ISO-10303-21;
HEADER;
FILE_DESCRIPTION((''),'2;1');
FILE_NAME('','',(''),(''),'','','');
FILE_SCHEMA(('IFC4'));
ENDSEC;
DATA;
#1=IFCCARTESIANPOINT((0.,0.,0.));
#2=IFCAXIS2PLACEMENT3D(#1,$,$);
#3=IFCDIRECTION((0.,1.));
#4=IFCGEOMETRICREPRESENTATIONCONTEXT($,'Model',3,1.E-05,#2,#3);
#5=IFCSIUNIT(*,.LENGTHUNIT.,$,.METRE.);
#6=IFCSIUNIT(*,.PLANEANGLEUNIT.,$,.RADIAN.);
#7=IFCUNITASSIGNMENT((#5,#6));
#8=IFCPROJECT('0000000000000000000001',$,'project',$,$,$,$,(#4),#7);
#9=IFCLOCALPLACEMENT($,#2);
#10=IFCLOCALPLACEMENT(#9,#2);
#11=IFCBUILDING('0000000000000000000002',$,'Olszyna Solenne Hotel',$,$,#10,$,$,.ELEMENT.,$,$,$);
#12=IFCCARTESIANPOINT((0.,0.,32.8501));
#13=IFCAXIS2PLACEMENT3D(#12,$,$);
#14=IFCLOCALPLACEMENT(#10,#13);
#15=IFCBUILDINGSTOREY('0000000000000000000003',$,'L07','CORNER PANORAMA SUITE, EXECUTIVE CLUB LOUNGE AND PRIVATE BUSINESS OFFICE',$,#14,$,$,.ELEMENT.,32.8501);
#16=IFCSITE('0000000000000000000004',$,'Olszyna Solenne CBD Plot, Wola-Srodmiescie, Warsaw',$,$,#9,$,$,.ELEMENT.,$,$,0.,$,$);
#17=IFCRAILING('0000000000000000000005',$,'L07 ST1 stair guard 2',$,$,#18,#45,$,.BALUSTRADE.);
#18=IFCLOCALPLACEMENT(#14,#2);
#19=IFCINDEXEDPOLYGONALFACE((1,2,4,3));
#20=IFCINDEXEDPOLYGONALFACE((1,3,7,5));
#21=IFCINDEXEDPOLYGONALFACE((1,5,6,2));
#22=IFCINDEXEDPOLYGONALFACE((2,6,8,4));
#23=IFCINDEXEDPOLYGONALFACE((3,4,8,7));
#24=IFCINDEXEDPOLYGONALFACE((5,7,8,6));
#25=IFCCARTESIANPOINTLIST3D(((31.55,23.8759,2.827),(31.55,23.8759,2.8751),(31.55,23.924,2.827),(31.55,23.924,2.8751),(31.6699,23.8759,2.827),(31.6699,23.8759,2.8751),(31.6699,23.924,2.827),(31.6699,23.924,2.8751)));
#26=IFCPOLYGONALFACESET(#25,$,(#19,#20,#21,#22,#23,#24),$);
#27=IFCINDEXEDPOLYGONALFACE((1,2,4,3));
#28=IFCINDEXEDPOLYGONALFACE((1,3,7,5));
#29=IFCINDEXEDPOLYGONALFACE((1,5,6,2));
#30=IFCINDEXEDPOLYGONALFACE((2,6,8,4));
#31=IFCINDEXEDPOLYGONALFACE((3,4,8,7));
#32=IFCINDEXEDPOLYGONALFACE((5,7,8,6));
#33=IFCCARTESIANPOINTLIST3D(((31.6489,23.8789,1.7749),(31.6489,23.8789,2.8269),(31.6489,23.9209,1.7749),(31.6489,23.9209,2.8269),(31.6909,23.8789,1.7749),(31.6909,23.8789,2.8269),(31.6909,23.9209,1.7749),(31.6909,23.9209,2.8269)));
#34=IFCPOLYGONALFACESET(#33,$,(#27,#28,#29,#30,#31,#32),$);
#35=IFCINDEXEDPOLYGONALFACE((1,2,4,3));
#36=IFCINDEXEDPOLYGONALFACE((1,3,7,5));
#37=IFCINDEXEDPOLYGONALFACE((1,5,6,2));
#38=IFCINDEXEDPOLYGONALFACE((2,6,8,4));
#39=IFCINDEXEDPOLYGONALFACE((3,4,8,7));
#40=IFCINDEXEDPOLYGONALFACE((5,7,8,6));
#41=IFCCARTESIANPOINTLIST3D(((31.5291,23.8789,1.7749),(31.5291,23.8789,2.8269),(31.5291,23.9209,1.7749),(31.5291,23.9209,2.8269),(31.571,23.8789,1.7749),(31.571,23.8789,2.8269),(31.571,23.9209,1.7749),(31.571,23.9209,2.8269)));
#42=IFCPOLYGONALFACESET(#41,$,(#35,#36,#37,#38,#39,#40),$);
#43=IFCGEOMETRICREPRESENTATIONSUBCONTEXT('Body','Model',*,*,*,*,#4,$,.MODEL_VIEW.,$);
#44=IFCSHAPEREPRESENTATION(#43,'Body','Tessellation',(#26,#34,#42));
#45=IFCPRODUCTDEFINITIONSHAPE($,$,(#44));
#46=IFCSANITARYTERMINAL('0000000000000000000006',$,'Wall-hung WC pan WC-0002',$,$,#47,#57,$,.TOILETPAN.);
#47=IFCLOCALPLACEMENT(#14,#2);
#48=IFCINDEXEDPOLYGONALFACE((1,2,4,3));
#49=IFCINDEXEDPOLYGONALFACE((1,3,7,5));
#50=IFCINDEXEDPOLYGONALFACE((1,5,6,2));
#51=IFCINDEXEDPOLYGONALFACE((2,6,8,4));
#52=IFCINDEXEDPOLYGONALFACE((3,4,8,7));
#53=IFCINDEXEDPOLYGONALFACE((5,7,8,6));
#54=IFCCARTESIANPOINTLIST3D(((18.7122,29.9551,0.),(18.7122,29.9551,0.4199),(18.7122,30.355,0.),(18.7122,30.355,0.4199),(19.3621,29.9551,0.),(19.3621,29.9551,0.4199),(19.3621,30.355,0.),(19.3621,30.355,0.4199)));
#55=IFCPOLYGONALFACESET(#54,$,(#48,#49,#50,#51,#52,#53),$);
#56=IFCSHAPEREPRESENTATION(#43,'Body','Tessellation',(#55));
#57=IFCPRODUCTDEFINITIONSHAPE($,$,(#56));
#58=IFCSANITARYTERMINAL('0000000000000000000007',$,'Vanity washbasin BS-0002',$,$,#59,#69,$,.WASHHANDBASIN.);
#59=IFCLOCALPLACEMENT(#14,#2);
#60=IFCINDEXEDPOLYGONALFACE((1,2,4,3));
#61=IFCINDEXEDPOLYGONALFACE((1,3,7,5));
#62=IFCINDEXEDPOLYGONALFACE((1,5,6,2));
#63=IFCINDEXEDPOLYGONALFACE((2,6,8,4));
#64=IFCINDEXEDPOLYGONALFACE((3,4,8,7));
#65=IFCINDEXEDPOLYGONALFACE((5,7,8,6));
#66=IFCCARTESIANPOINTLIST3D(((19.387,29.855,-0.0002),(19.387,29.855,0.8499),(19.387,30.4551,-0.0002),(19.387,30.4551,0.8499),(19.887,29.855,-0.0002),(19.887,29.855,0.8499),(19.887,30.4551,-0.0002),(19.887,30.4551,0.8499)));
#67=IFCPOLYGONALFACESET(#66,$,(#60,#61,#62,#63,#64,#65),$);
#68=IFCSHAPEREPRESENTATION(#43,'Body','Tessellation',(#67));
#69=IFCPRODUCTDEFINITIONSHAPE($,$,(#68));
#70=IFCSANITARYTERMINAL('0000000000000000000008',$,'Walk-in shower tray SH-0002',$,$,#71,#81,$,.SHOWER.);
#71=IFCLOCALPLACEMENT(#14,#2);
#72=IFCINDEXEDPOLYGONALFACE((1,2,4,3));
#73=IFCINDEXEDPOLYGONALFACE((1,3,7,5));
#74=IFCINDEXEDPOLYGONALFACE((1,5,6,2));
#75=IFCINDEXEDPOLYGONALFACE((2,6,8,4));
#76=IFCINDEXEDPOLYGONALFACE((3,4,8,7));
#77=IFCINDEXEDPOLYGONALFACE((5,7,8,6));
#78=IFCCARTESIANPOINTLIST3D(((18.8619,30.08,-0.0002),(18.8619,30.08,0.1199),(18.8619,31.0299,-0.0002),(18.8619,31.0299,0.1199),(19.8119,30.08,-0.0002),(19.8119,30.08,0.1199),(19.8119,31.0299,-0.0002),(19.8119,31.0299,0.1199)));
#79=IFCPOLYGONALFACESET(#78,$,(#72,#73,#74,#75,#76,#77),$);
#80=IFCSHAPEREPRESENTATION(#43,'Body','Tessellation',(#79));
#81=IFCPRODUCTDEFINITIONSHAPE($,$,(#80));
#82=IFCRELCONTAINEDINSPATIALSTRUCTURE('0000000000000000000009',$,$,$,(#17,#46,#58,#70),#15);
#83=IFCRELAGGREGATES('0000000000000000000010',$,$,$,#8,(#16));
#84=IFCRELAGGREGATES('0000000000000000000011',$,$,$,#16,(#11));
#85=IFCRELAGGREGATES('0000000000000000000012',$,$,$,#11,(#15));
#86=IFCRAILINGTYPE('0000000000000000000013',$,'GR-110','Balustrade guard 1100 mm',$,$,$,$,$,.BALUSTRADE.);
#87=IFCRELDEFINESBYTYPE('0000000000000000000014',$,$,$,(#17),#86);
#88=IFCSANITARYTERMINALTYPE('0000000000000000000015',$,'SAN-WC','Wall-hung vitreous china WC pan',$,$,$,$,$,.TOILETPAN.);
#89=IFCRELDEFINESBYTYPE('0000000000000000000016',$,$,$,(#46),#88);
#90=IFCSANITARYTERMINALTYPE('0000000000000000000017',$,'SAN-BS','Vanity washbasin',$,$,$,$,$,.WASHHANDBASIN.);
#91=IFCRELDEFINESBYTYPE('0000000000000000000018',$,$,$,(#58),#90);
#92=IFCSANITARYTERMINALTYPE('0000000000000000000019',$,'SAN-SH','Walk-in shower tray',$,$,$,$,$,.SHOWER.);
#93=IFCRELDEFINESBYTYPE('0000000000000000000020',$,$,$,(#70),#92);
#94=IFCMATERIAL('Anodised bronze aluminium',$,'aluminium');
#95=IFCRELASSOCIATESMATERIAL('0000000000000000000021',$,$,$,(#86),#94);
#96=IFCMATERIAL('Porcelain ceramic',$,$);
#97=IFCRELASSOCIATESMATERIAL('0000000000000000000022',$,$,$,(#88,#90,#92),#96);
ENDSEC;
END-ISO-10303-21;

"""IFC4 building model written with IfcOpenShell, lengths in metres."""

from ifc_helpers import new_model, si_unit, direction, frame, origin, origin_2d, place, context, subcontext, project, spatial, rectangle, extrude, source, transform, mapped, material, type_object, element, save


model = new_model("IFC4")

# Units and contexts
model_context = context("Model", 3, precision=1e-05, world=origin(), true_north=direction((0.0, 1.0)))
body_context = subcontext(model_context, "Body", "Model", "MODEL_VIEW")
ifc_project = project(units=[si_unit("LENGTHUNIT", "METRE"), si_unit("PLANEANGLEUNIT", "RADIAN")], contexts=[model_context])

# Site, building, storey
site_placement = place(None, origin())
site = spatial("IfcSite", under=ifc_project, at=site_placement, Name="Olszyna Solenne CBD Plot, Wola-Srodmiescie, Warsaw", CompositionType="ELEMENT", RefElevation=0.0)
building_placement = place(site_placement, origin())
building = spatial("IfcBuilding", under=site, at=building_placement, Name="Olszyna Solenne Hotel", CompositionType="ELEMENT")
storey_placement = place(building_placement, frame((0.0, 0.0, 32.8501)))
storey = spatial("IfcBuildingStorey", under=building, at=storey_placement, Name="L07", Description="CORNER PANORAMA SUITE, EXECUTIVE CLUB LOUNGE AND PRIVATE BUSINESS OFFICE", CompositionType="ELEMENT", Elevation=32.8501)

# Shared definitions
ifc_material_1 = material(Name="Anodised bronze aluminium", Category="aluminium")

# Railing
railing_type = type_object("IfcRailingType", Name="GR-110", Description="Balustrade guard 1100 mm", PredefinedType="BALUSTRADE", material=ifc_material_1)
railing_placement = place(storey_placement, frame((31.6699, 23.8999, 1.7749)))
element("IfcRailing", 1, at=railing_placement, inside=storey, type_object=railing_type, Name="L07 ST1 stair guard 2", PredefinedType="BALUSTRADE", context=body_context, shape_type="SweptSolid", body=[
    extrude(rectangle(XDim=0.0481, YDim=0.0481, at=origin_2d()), frame((0.0, 0.0, 1.0762), z_axis=(-1.0, 0.0, 0.0), x_axis=(0.0, -1.0, 0.0)), (0.0, 0.0, 1.0), 0.1199),
    extrude(rectangle(XDim=0.042, YDim=0.042, at=origin_2d()), origin(), (0.0, 0.0, 1.0), 1.052),
    extrude(rectangle(XDim=0.042, YDim=0.042, at=origin_2d()), frame((-0.1199, 0.0, 0.0)), (0.0, 0.0, 1.0), 1.052),
])

# Sanitary terminals
ifc_material_2 = material(Name="Porcelain ceramic")
sanitary_terminal_type_1 = type_object("IfcSanitaryTerminalType", Name="SAN-WC", Description="Wall-hung vitreous china WC pan", PredefinedType="TOILETPAN", material=ifc_material_2)
shared_shape_1 = source(origin(), body_context, "Body", "SweptSolid", [
    extrude(rectangle(XDim=0.6499, YDim=0.3999, at=origin_2d()), origin(), (0.0, 0.0, 1.0), 0.4199),
])
sanitary_terminal_1_placement = place(storey_placement, frame((19.0371, 30.155, 0.0), z_axis=(0.0, 0.0, 1.0), x_axis=(1.0, 0.0, 0.0)))
element("IfcSanitaryTerminal", 2, at=sanitary_terminal_1_placement, inside=storey, type_object=sanitary_terminal_type_1, Name="Wall-hung WC pan WC-0002", PredefinedType="TOILETPAN", context=body_context, shape_type="MappedRepresentation", body=[
    mapped(shared_shape_1, transform((0.0, 0.0, 0.0), x_axis=(1.0, 0.0, 0.0), y_axis=(0.0, 1.0, 0.0), z_axis=(0.0, 0.0, 1.0), scale=1.0)),
])
sanitary_terminal_type_2 = type_object("IfcSanitaryTerminalType", Name="SAN-BS", Description="Vanity washbasin", PredefinedType="WASHHANDBASIN", material=ifc_material_2)
shared_shape_2 = source(origin(), body_context, "Body", "SweptSolid", [
    extrude(rectangle(XDim=0.5, YDim=0.6001, at=origin_2d()), origin(), (0.0, 0.0, 1.0), 0.8501),
])
sanitary_terminal_2_placement = place(storey_placement, frame((19.637, 30.155, -0.0002), z_axis=(0.0, 0.0, 1.0), x_axis=(1.0, 0.0, 0.0)))
element("IfcSanitaryTerminal", 3, at=sanitary_terminal_2_placement, inside=storey, type_object=sanitary_terminal_type_2, Name="Vanity washbasin BS-0002", PredefinedType="WASHHANDBASIN", context=body_context, shape_type="MappedRepresentation", body=[
    mapped(shared_shape_2, transform((0.0, 0.0, 0.0), x_axis=(1.0, 0.0, 0.0), y_axis=(0.0, 1.0, 0.0), z_axis=(0.0, 0.0, 1.0), scale=1.0)),
])
sanitary_terminal_type_3 = type_object("IfcSanitaryTerminalType", Name="SAN-SH", Description="Walk-in shower tray", PredefinedType="SHOWER", material=ifc_material_2)
shared_shape_3 = source(origin(), body_context, "Body", "SweptSolid", [
    extrude(rectangle(XDim=0.95, YDim=0.95, at=origin_2d()), origin(), (0.0, 0.0, 1.0), 0.1201),
])
sanitary_terminal_3_placement = place(storey_placement, frame((19.3369, 30.5549, -0.0002), z_axis=(0.0, 0.0, 1.0), x_axis=(1.0, 0.0, 0.0)))
element("IfcSanitaryTerminal", 4, at=sanitary_terminal_3_placement, inside=storey, type_object=sanitary_terminal_type_3, Name="Walk-in shower tray SH-0002", PredefinedType="SHOWER", context=body_context, shape_type="MappedRepresentation", body=[
    mapped(shared_shape_3, transform((0.0, 0.0, 0.0), x_axis=(1.0, 0.0, 0.0), y_axis=(0.0, 1.0, 0.0), z_axis=(0.0, 0.0, 1.0), scale=1.0)),
])

save(model, "model.ifc")
